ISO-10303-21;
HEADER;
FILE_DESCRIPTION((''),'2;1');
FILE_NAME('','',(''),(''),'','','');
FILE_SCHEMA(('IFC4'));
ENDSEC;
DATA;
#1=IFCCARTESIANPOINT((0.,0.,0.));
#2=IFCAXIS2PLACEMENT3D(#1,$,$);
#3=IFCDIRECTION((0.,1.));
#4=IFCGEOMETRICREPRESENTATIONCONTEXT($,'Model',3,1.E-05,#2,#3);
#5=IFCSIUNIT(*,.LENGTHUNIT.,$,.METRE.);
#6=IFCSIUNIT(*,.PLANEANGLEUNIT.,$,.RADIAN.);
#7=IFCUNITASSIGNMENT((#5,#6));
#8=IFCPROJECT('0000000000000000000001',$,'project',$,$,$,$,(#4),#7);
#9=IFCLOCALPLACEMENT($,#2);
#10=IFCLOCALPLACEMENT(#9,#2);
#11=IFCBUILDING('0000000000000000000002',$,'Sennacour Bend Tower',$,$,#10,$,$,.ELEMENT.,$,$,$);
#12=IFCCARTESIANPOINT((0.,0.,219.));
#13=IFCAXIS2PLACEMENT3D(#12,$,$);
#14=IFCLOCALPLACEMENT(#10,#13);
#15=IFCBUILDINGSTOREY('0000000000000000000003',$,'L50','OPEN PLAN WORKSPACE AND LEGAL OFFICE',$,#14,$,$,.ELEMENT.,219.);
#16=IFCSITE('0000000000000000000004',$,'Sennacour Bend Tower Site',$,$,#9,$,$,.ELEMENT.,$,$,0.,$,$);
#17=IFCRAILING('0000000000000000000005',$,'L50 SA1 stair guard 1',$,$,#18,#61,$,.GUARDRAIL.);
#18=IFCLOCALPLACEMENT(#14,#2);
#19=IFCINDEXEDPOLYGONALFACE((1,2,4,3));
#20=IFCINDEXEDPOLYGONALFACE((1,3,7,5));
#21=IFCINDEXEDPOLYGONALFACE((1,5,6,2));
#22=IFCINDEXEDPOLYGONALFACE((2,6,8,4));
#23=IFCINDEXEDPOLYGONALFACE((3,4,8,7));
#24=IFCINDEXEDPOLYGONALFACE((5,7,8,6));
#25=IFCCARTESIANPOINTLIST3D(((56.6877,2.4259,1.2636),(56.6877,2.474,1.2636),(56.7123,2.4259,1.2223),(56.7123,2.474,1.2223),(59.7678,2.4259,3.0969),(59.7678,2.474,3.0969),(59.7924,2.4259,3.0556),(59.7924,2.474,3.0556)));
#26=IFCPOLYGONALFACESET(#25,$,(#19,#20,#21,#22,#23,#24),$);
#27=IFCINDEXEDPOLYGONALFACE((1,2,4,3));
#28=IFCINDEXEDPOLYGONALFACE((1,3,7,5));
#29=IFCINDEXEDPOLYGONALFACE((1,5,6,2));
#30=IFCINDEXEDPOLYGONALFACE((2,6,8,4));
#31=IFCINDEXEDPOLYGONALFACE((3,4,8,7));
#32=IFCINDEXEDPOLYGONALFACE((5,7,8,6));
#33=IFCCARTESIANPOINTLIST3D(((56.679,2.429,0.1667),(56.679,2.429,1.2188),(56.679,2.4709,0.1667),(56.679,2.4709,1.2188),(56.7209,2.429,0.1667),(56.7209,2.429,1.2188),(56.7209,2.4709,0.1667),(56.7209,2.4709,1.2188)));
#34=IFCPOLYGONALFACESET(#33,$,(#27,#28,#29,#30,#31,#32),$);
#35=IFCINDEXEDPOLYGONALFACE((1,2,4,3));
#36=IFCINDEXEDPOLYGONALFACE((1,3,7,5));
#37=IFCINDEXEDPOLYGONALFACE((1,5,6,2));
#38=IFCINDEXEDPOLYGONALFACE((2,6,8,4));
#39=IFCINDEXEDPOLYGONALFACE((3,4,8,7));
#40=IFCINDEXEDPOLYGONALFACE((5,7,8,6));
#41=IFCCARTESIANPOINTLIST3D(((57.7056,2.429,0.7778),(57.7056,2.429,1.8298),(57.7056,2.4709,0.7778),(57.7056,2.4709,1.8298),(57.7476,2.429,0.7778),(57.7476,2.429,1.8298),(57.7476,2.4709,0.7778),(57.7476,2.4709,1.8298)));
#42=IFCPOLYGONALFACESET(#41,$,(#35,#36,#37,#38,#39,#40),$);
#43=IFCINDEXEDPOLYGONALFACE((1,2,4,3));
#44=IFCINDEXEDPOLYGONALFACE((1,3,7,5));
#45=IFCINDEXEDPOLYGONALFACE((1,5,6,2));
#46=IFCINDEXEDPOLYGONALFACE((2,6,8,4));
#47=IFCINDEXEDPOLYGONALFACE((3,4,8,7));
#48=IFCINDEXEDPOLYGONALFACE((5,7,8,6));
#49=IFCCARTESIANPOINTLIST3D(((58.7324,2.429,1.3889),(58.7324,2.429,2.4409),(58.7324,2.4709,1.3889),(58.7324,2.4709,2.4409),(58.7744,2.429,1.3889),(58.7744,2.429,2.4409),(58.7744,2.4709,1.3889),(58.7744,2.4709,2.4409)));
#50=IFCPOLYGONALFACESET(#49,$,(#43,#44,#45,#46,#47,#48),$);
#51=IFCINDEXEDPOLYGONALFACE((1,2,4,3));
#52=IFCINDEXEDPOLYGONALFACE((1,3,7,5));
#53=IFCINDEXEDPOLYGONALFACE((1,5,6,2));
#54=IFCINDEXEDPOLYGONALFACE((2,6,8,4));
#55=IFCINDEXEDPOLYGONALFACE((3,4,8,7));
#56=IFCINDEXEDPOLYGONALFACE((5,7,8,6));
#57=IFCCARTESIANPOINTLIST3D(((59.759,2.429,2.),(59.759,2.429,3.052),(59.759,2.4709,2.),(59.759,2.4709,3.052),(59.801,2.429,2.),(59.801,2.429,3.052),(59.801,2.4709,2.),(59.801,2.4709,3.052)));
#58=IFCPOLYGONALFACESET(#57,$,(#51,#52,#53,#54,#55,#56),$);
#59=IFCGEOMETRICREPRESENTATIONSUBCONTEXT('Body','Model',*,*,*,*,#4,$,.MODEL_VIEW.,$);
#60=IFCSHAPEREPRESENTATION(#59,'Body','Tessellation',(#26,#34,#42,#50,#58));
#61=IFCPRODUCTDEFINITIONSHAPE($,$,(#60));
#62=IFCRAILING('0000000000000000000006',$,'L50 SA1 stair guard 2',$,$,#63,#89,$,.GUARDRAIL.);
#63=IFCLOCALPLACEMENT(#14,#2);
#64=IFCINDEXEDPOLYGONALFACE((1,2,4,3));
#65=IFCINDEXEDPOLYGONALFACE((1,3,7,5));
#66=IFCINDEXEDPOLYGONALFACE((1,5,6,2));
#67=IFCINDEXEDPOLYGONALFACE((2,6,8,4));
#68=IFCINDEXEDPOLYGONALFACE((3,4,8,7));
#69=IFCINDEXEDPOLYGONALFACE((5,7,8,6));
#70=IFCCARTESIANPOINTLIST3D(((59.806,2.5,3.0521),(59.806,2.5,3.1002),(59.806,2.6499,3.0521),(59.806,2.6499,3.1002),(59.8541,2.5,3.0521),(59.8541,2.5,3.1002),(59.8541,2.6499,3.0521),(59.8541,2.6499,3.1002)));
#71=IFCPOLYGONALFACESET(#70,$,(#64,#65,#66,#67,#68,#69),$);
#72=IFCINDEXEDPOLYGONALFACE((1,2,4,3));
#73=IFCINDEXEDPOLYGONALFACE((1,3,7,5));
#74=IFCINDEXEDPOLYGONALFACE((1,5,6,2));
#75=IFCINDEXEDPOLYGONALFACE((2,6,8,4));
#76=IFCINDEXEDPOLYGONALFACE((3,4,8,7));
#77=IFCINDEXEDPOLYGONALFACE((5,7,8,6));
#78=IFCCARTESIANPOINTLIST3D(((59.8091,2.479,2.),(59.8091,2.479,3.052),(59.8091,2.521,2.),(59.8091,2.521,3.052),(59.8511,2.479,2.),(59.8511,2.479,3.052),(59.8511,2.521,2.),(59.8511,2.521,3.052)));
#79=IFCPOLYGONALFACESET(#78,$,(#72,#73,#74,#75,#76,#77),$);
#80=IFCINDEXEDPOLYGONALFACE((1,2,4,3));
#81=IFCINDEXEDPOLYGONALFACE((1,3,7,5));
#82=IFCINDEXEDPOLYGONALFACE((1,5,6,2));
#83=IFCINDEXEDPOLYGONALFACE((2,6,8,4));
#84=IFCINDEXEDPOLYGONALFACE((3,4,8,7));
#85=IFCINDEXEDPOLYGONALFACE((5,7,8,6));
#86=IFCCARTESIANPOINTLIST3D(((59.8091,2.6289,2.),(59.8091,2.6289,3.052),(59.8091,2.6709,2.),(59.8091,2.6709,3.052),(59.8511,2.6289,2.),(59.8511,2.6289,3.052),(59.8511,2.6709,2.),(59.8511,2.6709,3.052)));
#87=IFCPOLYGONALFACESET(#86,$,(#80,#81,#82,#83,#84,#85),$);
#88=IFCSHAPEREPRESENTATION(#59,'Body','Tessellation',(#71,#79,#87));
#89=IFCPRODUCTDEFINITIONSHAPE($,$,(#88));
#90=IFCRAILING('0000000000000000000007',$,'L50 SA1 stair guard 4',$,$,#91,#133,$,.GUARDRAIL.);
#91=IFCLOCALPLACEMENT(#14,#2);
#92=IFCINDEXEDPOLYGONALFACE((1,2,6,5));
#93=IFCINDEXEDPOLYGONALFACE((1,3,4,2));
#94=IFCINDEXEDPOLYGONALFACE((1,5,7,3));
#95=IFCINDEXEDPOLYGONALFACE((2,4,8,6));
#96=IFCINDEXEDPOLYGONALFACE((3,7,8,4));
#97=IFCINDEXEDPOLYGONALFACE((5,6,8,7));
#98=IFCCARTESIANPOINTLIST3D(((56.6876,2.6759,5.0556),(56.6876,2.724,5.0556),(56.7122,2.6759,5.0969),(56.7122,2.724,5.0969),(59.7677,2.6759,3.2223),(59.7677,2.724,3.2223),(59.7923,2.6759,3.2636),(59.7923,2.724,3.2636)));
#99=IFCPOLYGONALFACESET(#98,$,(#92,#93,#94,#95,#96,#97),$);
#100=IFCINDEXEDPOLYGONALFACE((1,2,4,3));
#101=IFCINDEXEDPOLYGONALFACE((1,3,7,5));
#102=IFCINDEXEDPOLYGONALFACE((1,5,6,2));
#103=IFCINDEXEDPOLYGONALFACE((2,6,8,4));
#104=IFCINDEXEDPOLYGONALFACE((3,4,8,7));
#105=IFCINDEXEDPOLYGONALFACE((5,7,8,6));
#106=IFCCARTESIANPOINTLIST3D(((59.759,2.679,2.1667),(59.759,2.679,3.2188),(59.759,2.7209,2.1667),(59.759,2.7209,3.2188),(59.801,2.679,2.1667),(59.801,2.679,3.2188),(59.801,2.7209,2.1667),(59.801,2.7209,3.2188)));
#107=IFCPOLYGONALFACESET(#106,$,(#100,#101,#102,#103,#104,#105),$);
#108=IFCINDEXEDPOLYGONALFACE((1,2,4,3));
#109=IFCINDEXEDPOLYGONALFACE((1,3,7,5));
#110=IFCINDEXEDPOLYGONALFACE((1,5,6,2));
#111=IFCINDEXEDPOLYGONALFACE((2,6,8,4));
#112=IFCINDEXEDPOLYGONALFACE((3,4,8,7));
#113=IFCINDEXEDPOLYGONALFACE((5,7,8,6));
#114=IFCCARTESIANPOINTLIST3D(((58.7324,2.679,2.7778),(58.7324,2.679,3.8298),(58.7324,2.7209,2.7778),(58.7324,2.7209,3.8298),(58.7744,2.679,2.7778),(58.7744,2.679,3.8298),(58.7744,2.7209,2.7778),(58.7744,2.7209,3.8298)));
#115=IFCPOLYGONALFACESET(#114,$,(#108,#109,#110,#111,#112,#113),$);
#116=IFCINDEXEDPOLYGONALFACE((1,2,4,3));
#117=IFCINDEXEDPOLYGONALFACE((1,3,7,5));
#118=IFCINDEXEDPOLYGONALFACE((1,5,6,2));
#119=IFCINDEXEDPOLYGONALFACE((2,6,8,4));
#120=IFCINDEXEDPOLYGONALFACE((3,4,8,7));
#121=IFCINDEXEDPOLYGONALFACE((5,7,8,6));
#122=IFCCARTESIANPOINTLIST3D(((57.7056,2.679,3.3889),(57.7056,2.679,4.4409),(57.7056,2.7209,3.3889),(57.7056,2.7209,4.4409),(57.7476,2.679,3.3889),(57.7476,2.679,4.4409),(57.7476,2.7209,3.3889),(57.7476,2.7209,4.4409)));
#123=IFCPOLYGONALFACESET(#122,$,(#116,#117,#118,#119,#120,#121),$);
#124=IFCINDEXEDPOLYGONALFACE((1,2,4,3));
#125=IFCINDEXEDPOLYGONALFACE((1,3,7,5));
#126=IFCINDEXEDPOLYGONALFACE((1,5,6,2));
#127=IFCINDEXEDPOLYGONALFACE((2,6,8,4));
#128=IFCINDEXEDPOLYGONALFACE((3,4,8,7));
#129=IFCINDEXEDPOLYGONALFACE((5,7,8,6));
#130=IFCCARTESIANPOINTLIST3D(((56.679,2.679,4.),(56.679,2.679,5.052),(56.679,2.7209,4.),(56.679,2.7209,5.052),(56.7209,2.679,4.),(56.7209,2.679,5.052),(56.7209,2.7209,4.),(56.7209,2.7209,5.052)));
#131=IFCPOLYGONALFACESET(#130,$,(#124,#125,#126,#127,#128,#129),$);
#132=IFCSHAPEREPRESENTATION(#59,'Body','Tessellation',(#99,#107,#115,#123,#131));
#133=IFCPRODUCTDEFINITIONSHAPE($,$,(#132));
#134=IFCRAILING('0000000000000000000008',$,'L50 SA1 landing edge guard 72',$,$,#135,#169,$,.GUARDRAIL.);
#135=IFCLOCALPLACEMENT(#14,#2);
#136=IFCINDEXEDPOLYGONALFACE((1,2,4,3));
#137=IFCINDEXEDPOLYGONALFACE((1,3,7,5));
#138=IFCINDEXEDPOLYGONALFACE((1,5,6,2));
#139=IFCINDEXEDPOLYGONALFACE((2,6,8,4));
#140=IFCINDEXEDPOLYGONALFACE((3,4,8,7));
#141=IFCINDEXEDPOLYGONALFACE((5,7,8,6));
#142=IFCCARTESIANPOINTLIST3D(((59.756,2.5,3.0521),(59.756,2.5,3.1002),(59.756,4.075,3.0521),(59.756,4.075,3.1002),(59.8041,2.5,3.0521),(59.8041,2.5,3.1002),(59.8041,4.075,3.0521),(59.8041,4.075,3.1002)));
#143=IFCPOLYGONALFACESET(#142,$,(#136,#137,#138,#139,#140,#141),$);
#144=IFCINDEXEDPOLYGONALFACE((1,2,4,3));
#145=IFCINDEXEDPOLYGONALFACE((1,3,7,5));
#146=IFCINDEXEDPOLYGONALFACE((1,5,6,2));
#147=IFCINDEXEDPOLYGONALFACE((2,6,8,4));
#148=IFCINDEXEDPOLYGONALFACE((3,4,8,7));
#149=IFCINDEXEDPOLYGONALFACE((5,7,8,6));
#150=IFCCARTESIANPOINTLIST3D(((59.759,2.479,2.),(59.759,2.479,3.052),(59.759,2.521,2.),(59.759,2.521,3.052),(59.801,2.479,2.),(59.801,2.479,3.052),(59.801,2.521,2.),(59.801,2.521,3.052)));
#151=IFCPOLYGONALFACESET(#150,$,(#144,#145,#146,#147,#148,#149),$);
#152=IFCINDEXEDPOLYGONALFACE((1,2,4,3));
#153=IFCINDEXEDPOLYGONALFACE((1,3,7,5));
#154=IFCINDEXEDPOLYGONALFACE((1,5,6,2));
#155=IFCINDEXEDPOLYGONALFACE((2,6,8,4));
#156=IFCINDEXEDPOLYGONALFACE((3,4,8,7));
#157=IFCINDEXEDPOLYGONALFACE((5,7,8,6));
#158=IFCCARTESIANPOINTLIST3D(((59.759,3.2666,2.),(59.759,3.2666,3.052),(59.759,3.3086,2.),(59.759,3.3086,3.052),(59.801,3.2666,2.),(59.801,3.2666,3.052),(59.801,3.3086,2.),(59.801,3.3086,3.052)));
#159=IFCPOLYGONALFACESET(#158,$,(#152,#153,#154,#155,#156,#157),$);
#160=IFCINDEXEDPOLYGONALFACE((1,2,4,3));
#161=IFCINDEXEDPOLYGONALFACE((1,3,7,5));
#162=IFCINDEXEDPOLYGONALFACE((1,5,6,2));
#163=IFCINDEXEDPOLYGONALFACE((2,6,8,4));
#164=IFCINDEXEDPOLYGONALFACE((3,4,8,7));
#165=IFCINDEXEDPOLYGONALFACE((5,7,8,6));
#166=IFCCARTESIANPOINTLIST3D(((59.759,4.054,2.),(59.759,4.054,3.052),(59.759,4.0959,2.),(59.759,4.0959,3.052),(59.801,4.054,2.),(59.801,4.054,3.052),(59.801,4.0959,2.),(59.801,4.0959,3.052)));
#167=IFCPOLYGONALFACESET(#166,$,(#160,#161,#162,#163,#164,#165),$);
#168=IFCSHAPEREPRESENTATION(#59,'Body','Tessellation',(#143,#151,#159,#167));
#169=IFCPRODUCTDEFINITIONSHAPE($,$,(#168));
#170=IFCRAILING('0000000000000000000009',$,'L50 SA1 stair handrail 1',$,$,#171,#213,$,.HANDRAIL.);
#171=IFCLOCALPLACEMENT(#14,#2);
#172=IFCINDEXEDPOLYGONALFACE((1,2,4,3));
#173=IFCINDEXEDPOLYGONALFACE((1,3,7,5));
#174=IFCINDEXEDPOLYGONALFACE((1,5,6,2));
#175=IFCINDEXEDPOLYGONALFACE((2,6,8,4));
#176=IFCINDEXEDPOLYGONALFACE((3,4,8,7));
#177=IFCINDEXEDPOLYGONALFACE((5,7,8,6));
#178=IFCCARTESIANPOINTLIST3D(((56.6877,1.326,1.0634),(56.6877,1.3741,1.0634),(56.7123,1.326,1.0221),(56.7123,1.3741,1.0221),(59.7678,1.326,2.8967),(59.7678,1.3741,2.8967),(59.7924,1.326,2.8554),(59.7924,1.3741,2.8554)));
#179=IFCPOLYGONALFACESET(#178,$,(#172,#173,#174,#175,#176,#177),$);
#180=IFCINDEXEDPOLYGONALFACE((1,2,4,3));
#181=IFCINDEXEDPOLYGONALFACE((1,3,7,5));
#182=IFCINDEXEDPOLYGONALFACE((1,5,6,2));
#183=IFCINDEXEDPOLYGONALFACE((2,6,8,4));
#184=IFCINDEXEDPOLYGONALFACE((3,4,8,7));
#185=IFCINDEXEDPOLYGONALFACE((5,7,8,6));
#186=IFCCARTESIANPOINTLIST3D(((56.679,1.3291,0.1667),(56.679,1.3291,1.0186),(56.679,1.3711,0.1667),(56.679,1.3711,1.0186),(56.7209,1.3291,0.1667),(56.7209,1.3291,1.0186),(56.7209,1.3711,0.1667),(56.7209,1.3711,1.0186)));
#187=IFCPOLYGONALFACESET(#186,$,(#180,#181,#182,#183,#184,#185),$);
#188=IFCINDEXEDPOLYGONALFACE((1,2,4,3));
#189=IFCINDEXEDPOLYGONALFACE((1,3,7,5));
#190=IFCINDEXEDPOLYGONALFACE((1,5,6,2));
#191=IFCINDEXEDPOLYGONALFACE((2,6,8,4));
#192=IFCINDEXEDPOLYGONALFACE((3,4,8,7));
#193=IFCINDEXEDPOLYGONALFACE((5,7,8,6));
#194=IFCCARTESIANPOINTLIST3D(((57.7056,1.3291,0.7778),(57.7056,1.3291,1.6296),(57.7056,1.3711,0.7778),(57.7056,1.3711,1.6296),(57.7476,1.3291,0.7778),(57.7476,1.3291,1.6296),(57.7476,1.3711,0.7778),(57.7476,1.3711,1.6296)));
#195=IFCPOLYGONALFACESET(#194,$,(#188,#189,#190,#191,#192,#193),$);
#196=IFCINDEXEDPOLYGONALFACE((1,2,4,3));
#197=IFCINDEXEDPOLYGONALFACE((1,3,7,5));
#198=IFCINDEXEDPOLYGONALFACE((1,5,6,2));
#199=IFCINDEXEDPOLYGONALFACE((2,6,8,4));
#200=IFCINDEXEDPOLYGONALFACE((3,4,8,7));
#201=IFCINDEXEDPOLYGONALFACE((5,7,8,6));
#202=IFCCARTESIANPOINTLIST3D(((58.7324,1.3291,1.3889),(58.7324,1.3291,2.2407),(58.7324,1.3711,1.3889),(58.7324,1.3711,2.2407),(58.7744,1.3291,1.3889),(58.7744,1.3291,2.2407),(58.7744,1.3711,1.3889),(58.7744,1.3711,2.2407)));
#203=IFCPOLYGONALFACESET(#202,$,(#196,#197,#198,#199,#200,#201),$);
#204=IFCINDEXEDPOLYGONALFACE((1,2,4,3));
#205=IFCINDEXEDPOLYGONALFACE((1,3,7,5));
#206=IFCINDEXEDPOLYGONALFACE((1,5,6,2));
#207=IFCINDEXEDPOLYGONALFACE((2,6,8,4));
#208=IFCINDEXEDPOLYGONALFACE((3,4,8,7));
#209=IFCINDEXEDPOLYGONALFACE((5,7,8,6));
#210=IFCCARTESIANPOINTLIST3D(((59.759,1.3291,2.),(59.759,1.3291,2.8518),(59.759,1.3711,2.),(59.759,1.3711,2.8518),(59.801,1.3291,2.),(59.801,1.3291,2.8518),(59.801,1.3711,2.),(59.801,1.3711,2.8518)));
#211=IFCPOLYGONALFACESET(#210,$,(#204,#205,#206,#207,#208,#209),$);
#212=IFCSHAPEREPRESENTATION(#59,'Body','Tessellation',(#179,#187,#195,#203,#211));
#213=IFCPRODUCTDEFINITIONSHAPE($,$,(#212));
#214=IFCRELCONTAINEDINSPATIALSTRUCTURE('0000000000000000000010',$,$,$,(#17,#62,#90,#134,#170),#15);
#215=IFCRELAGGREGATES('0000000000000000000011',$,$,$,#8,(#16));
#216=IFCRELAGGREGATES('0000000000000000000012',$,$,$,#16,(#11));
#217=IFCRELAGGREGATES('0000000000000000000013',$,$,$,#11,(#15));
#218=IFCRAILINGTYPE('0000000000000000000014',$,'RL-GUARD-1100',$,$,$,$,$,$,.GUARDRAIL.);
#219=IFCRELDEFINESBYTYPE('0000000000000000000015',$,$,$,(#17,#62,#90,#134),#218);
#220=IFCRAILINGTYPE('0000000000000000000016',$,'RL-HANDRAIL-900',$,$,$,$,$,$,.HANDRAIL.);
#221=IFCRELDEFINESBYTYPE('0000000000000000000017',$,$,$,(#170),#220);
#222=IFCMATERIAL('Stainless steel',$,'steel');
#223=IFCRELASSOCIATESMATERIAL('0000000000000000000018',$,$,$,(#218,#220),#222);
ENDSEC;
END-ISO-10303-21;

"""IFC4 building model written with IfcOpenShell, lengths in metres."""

from ifc_helpers import new_model, si_unit, direction, frame, origin, origin_2d, place, context, subcontext, project, spatial, rectangle, extrude, material, type_object, element, save


model = new_model("IFC4")

# Units and contexts
model_context = context("Model", 3, precision=1e-05, world=origin(), true_north=direction((0.0, 1.0)))
body_context = subcontext(model_context, "Body", "Model", "MODEL_VIEW")
ifc_project = project(units=[si_unit("LENGTHUNIT", "METRE"), si_unit("PLANEANGLEUNIT", "RADIAN")], contexts=[model_context])

# Site, building, storey
site_placement = place(None, origin())
site = spatial("IfcSite", under=ifc_project, at=site_placement, Name="Sennacour Bend Tower Site", CompositionType="ELEMENT", RefElevation=0.0)
building_placement = place(site_placement, origin())
building = spatial("IfcBuilding", under=site, at=building_placement, Name="Sennacour Bend Tower", CompositionType="ELEMENT")
storey_placement = place(building_placement, frame((0.0, 0.0, 219.0)))
storey = spatial("IfcBuildingStorey", under=building, at=storey_placement, Name="L50", Description="OPEN PLAN WORKSPACE AND LEGAL OFFICE", CompositionType="ELEMENT", Elevation=219.0)

# Railings
ifc_material_1 = material(Name="Stainless steel", Category="steel")
railing_type_1 = type_object("IfcRailingType", Name="RL-GUARD-1100", PredefinedType="GUARDRAIL", material=ifc_material_1)
railing_1_placement = place(storey_placement, frame((56.7, 2.45, 0.1667)))
element("IfcRailing", 1, at=railing_1_placement, inside=storey, type_object=railing_type_1, Name="L50 SA1 stair guard 1", PredefinedType="GUARDRAIL", context=body_context, shape_type="SweptSolid", body=[
    extrude(rectangle(XDim=0.0481, YDim=0.0481, at=origin_2d()), frame((0.0, 0.0, 1.0762), z_axis=(0.859309, 0.0, 0.511458), x_axis=(0.0, 1.0, 0.0)), (0.0, 0.0, 1.0), 3.5845),
    extrude(rectangle(XDim=0.042, YDim=0.042, at=origin_2d()), origin(), (0.0, 0.0, 1.0), 1.052),
    extrude(rectangle(XDim=0.042, YDim=0.042, at=origin_2d()), frame((1.0266, 0.0, 0.6111)), (0.0, 0.0, 1.0), 1.052),
    extrude(rectangle(XDim=0.042, YDim=0.042, at=origin_2d()), frame((2.0535, 0.0, 1.2222)), (0.0, 0.0, 1.0), 1.052),
    extrude(rectangle(XDim=0.042, YDim=0.042, at=origin_2d()), frame((3.0801, 0.0, 1.8333)), (0.0, 0.0, 1.0), 1.052),
])
railing_2_placement = place(storey_placement, frame((59.8301, 2.5, 2.0)))
element("IfcRailing", 2, at=railing_2_placement, inside=storey, type_object=railing_type_1, Name="L50 SA1 stair guard 2", PredefinedType="GUARDRAIL", context=body_context, shape_type="SweptSolid", body=[
    extrude(rectangle(XDim=0.0481, YDim=0.0481, at=origin_2d()), frame((0.0, 0.0, 1.0762), z_axis=(0.0, 1.0, 0.0), x_axis=(-1.0, 0.0, 0.0)), (0.0, 0.0, 1.0), 0.1499),
    extrude(rectangle(XDim=0.042, YDim=0.042, at=origin_2d()), origin(), (0.0, 0.0, 1.0), 1.052),
    extrude(rectangle(XDim=0.042, YDim=0.042, at=origin_2d()), frame((0.0, 0.1499, 0.0)), (0.0, 0.0, 1.0), 1.052),
])
railing_3_placement = place(storey_placement, frame((59.78, 2.7, 2.1667)))
element("IfcRailing", 3, at=railing_3_placement, inside=storey, type_object=railing_type_1, Name="L50 SA1 stair guard 4", PredefinedType="GUARDRAIL", context=body_context, shape_type="SweptSolid", body=[
    extrude(rectangle(XDim=0.0481, YDim=0.0481, at=origin_2d()), frame((0.0, 0.0, 1.0762), z_axis=(-0.859309, 0.0, 0.511458), x_axis=(0.0, -1.0, 0.0)), (0.0, 0.0, 1.0), 3.5845),
    extrude(rectangle(XDim=0.042, YDim=0.042, at=origin_2d()), origin(), (0.0, 0.0, 1.0), 1.052),
    extrude(rectangle(XDim=0.042, YDim=0.042, at=origin_2d()), frame((-1.0266, 0.0, 0.6111)), (0.0, 0.0, 1.0), 1.052),
    extrude(rectangle(XDim=0.042, YDim=0.042, at=origin_2d()), frame((-2.0535, 0.0, 1.2222)), (0.0, 0.0, 1.0), 1.052),
    extrude(rectangle(XDim=0.042, YDim=0.042, at=origin_2d()), frame((-3.0801, 0.0, 1.8333)), (0.0, 0.0, 1.0), 1.052),
])
railing_4_placement = place(storey_placement, frame((59.78, 2.5, 2.0)))
element("IfcRailing", 4, at=railing_4_placement, inside=storey, type_object=railing_type_1, Name="L50 SA1 landing edge guard 72", PredefinedType="GUARDRAIL", context=body_context, shape_type="SweptSolid", body=[
    extrude(rectangle(XDim=0.0481, YDim=0.0481, at=origin_2d()), frame((0.0, 0.0, 1.0762), z_axis=(0.0, 1.0, 0.0), x_axis=(-1.0, 0.0, 0.0)), (0.0, 0.0, 1.0), 1.575),
    extrude(rectangle(XDim=0.042, YDim=0.042, at=origin_2d()), origin(), (0.0, 0.0, 1.0), 1.052),
    extrude(rectangle(XDim=0.042, YDim=0.042, at=origin_2d()), frame((0.0, 0.7876, 0.0)), (0.0, 0.0, 1.0), 1.052),
    extrude(rectangle(XDim=0.042, YDim=0.042, at=origin_2d()), frame((0.0, 1.575, 0.0)), (0.0, 0.0, 1.0), 1.052),
])
railing_type_2 = type_object("IfcRailingType", Name="RL-HANDRAIL-900", PredefinedType="HANDRAIL", material=ifc_material_1)
railing_5_placement = place(storey_placement, frame((56.7, 1.3501, 0.1667)))
element("IfcRailing", 5, at=railing_5_placement, inside=storey, type_object=railing_type_2, Name="L50 SA1 stair handrail 1", PredefinedType="HANDRAIL", context=body_context, shape_type="SweptSolid", body=[
    extrude(rectangle(XDim=0.0481, YDim=0.0481, at=origin_2d()), frame((0.0, 0.0, 0.876), z_axis=(0.859309, 0.0, 0.511458), x_axis=(0.0, 1.0, 0.0)), (0.0, 0.0, 1.0), 3.5845),
    extrude(rectangle(XDim=0.042, YDim=0.042, at=origin_2d()), origin(), (0.0, 0.0, 1.0), 0.8518),
    extrude(rectangle(XDim=0.042, YDim=0.042, at=origin_2d()), frame((1.0266, 0.0, 0.6111)), (0.0, 0.0, 1.0), 0.8518),
    extrude(rectangle(XDim=0.042, YDim=0.042, at=origin_2d()), frame((2.0535, 0.0, 1.2222)), (0.0, 0.0, 1.0), 0.8518),
    extrude(rectangle(XDim=0.042, YDim=0.042, at=origin_2d()), frame((3.0801, 0.0, 1.8333)), (0.0, 0.0, 1.0), 0.8518),
])

save(model, "model.ifc")
